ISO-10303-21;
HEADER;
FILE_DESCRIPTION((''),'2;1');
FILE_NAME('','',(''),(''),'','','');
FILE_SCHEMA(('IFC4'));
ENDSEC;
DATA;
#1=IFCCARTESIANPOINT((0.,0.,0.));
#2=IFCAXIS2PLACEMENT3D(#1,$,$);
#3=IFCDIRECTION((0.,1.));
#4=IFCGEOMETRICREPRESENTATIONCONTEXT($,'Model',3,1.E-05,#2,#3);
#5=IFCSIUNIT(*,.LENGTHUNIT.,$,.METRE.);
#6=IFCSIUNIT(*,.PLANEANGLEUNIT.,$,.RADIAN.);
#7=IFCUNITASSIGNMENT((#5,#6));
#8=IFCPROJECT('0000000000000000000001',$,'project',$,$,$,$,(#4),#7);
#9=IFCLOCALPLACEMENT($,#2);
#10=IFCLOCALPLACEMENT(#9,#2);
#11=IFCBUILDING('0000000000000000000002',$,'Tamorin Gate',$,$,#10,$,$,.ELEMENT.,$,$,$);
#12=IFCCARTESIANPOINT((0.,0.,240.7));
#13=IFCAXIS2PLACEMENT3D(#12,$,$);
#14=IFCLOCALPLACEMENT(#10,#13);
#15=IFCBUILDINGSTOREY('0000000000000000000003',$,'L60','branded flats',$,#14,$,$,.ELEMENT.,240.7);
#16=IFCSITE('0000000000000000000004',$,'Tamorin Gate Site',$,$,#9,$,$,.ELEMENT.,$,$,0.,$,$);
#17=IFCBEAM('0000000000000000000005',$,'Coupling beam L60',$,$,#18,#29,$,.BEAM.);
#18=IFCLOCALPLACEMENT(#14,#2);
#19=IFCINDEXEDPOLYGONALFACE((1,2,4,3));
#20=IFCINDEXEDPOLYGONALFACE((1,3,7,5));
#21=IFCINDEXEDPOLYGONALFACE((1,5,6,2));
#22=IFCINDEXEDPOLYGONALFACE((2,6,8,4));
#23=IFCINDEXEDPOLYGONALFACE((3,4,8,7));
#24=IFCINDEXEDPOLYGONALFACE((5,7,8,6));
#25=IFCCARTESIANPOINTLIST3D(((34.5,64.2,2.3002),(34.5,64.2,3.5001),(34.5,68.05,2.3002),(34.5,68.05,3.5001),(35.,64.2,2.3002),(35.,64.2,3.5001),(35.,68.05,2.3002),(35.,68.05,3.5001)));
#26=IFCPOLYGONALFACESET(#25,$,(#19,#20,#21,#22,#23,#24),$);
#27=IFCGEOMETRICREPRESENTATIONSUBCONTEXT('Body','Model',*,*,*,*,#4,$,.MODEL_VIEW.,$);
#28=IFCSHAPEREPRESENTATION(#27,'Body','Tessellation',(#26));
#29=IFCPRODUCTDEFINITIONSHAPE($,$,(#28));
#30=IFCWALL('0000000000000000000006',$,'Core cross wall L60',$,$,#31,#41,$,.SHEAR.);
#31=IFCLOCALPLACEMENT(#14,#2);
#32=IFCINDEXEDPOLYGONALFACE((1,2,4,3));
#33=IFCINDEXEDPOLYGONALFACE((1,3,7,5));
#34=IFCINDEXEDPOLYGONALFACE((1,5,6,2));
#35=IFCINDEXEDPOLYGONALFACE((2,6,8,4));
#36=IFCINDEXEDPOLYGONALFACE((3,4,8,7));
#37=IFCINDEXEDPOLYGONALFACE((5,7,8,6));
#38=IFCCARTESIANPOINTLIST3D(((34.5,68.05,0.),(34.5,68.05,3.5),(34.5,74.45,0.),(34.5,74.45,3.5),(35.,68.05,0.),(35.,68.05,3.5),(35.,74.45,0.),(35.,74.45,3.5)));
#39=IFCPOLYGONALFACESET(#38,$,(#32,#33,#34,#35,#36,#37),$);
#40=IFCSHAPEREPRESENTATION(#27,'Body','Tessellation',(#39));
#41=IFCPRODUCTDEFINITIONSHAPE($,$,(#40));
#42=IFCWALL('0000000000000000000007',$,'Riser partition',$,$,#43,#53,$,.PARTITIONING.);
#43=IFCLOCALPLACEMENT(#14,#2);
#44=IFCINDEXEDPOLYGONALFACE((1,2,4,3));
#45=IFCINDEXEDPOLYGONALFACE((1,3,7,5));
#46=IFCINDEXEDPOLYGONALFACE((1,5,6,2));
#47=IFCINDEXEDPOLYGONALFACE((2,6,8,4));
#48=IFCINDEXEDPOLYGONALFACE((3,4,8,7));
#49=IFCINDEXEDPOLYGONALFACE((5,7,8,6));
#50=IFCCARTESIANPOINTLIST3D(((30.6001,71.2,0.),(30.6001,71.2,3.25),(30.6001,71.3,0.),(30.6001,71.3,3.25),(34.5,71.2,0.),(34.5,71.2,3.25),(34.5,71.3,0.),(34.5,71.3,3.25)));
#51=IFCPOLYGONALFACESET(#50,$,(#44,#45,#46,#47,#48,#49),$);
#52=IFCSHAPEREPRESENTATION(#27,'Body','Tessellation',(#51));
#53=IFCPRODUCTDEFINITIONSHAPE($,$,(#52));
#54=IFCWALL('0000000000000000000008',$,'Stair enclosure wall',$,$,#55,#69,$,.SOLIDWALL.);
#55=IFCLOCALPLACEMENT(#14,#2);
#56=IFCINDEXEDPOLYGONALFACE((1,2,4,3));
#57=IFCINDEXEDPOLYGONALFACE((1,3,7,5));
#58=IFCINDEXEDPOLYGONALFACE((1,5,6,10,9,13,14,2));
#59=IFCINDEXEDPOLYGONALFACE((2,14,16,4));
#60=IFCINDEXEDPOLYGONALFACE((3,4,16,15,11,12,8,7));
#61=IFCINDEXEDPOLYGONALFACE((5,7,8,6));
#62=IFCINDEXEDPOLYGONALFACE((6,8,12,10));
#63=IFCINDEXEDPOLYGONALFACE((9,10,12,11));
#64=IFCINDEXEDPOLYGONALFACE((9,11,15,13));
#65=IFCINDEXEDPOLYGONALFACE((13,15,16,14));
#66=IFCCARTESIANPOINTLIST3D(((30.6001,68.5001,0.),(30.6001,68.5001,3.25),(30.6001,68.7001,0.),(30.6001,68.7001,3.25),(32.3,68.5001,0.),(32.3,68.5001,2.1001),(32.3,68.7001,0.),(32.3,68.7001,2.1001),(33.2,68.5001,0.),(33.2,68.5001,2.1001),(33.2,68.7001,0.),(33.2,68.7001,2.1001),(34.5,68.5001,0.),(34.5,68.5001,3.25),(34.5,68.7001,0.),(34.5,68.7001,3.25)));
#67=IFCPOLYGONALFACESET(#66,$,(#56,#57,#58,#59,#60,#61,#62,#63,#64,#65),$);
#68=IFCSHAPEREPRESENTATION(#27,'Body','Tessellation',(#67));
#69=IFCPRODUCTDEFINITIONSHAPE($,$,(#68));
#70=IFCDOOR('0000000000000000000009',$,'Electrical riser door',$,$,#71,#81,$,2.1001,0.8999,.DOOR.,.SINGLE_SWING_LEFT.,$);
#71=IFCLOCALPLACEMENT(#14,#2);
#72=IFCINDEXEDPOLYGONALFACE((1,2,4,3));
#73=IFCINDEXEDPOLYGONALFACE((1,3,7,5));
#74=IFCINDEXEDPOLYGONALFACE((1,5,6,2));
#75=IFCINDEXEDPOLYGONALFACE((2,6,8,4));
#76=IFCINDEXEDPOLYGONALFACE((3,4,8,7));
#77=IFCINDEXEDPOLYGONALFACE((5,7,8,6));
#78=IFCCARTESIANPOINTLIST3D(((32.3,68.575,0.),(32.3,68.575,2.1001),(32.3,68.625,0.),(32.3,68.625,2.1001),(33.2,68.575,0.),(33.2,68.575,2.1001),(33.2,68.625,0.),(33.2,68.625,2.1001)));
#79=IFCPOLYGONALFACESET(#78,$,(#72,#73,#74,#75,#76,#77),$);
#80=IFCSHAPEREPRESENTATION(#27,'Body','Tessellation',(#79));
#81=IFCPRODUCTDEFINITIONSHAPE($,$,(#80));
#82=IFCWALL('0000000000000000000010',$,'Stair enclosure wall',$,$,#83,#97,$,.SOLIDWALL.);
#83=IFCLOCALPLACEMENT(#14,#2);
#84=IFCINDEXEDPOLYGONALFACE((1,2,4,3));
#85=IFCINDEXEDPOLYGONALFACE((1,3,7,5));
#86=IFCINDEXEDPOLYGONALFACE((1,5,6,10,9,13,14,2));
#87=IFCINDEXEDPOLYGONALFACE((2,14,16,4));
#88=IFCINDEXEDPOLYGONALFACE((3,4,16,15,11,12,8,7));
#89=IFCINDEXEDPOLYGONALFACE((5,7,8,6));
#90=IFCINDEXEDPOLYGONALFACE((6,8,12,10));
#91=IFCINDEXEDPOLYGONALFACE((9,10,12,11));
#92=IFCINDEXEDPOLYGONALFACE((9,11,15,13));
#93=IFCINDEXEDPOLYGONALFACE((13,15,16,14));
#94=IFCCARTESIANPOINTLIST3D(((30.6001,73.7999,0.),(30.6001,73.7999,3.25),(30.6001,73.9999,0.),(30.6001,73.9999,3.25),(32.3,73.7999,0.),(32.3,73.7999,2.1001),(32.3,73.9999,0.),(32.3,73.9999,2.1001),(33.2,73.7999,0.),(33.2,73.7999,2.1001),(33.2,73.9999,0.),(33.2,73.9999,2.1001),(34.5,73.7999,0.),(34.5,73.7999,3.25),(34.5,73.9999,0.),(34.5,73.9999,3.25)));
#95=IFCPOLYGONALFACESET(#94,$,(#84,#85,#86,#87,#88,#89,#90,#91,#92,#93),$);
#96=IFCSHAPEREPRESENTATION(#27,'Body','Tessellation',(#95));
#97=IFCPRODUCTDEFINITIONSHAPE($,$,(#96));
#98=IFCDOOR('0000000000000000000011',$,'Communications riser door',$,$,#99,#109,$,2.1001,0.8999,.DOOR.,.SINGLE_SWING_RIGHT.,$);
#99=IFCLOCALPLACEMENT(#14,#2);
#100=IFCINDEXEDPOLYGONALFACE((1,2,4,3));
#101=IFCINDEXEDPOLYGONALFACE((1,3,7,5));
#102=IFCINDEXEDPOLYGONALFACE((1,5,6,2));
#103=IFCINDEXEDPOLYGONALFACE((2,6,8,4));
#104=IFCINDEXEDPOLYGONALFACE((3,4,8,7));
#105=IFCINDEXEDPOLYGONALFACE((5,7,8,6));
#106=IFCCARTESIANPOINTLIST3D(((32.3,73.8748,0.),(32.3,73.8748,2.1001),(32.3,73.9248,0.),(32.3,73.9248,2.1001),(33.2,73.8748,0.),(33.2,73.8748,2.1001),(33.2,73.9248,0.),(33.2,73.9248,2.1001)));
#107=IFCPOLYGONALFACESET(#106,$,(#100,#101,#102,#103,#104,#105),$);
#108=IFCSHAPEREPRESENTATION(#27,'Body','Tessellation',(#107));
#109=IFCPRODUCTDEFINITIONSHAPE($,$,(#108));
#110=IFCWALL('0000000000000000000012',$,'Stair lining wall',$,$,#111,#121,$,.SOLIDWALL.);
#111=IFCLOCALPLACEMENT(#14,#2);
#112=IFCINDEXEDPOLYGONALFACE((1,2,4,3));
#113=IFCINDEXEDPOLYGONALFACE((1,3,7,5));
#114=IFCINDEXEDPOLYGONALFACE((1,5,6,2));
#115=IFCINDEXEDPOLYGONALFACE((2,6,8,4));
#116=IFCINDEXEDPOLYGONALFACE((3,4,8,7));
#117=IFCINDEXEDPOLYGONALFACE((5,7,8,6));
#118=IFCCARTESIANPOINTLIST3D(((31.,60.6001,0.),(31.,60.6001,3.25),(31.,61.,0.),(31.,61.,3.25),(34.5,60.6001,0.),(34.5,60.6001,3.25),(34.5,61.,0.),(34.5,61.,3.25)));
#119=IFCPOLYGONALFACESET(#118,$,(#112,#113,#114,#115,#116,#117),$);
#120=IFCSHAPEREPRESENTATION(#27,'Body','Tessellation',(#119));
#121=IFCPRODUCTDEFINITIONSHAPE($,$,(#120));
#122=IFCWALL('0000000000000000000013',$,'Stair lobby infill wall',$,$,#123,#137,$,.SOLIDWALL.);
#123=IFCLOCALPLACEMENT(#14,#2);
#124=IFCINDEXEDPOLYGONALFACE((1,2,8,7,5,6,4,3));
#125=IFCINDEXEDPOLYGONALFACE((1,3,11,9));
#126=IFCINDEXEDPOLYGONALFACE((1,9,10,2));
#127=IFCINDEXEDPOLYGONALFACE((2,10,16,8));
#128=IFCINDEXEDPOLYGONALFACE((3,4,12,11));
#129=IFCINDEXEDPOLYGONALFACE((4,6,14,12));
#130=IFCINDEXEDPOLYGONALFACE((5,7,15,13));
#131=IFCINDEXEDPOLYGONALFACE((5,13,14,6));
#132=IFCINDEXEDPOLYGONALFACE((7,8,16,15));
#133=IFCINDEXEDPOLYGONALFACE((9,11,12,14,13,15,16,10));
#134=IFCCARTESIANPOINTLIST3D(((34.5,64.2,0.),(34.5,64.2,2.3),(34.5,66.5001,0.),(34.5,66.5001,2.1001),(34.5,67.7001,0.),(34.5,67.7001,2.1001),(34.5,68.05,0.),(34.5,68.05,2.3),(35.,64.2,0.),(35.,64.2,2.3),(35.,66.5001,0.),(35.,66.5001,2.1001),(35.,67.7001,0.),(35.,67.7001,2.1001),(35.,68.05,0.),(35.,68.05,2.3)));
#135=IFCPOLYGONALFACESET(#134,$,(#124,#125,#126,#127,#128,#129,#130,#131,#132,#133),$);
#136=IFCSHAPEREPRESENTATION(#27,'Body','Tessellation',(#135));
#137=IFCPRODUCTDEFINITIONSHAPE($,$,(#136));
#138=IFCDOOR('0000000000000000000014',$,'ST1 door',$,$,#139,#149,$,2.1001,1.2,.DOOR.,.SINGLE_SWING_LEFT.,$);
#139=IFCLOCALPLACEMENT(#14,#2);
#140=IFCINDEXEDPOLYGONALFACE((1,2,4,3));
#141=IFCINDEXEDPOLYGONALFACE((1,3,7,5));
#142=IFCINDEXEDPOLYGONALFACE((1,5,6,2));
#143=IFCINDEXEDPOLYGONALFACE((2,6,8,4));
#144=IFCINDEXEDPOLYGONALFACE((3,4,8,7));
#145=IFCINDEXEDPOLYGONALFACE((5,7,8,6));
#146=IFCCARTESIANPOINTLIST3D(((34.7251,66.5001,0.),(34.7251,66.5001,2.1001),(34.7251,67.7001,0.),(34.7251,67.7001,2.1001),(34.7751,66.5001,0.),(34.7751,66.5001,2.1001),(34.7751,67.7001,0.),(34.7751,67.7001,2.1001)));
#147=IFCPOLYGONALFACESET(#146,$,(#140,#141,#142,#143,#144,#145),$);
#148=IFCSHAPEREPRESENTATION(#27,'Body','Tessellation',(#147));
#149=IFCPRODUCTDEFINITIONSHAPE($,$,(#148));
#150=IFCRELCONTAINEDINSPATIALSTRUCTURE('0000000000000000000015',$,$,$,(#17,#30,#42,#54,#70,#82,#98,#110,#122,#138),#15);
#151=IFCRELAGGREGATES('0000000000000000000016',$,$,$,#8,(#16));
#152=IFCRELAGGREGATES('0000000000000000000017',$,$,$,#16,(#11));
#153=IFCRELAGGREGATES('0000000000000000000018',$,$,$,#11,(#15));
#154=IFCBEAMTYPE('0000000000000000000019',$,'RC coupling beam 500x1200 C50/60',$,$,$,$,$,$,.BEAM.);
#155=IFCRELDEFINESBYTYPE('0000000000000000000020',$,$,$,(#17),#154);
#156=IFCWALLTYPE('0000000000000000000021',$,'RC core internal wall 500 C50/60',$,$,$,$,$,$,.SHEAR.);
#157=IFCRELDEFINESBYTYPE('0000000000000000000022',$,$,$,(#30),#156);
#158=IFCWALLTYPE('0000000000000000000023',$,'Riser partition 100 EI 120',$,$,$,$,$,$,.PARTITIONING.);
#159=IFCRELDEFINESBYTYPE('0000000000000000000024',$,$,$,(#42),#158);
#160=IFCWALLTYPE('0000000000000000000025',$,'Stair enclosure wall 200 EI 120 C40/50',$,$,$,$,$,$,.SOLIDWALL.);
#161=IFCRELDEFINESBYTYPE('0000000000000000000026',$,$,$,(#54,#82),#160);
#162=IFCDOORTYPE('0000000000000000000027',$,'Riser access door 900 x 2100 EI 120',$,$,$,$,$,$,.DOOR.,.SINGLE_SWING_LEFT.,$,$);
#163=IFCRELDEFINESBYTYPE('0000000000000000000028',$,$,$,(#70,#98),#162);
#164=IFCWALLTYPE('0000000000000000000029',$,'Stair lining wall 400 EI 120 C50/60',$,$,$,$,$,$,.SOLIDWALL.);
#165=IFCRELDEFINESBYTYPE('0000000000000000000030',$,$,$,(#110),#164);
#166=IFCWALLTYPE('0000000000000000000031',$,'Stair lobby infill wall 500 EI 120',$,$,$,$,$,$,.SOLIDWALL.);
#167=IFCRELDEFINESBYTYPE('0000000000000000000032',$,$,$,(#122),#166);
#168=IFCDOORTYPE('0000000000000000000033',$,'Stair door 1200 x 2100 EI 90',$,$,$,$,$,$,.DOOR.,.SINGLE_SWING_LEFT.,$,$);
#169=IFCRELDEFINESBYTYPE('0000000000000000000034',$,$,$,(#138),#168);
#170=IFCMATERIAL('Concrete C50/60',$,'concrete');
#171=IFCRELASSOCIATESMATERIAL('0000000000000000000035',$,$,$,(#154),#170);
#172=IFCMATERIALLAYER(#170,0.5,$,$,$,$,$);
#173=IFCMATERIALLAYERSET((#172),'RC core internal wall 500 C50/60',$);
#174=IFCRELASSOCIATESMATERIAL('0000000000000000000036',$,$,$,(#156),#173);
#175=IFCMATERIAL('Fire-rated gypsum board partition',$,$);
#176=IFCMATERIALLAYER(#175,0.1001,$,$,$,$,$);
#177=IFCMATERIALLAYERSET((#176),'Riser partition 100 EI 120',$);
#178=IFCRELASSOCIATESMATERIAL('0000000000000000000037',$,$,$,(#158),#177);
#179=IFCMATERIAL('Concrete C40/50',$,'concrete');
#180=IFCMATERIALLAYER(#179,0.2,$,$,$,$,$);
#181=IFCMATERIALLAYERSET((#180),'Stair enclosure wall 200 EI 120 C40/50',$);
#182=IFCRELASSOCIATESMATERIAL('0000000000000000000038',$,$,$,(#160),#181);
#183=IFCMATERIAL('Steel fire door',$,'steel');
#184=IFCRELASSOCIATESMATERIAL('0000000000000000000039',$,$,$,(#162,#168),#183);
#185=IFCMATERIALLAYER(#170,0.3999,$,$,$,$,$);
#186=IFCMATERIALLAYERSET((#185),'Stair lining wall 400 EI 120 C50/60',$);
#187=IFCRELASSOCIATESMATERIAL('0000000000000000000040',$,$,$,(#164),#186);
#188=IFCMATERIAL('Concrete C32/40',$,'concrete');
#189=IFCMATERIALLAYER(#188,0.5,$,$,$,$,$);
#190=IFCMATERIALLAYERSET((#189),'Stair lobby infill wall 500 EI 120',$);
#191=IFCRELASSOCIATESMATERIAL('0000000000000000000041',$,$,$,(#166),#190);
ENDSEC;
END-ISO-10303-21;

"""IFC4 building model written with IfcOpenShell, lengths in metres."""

from ifc_helpers import new_model, si_unit, direction, frame, frame_2d, origin, origin_2d, place, context, subcontext, project, spatial, rectangle, extrude, material, layer, layer_set, material_profile, profile_set, type_object, element, fill, save


model = new_model("IFC4")

# Units and contexts
model_context = context("Model", 3, precision=1e-05, world=origin(), true_north=direction((0.0, 1.0)))
body_context = subcontext(model_context, "Body", "Model", "MODEL_VIEW")
ifc_project = project(units=[si_unit("LENGTHUNIT", "METRE"), si_unit("PLANEANGLEUNIT", "RADIAN")], contexts=[model_context])

# Site, building, storey
site_placement = place(None, origin())
site = spatial("IfcSite", under=ifc_project, at=site_placement, Name="Tamorin Gate Site", CompositionType="ELEMENT", RefElevation=0.0)
building_placement = place(site_placement, origin())
building = spatial("IfcBuilding", under=site, at=building_placement, Name="Tamorin Gate", CompositionType="ELEMENT")
storey_placement = place(building_placement, frame((0.0, 0.0, 240.7)))
storey = spatial("IfcBuildingStorey", under=building, at=storey_placement, Name="L60", Description="branded flats", CompositionType="ELEMENT", Elevation=240.7)

# Beam
ifc_material_1 = material(Name="Concrete C50/60", Category="concrete")
ifc_material_profile = material_profile(ifc_material_1, rectangle(XDim=0.5, YDim=1.2, at=origin_2d()), Name="RC 500x1200")
ifc_profile_set = profile_set([ifc_material_profile], Name="Concrete C50/60")
beam_type = type_object("IfcBeamType", Name="RC coupling beam 500x1200 C50/60", PredefinedType="BEAM", material=ifc_profile_set)
beam_placement = place(storey_placement, frame((34.75, 64.2, 2.9001), z_axis=(0.0, 1.0, 0.0), x_axis=(-1.0, 0.0, 0.0)))
element("IfcBeam", 1, at=beam_placement, inside=storey, type_object=beam_type, Name="Coupling beam L60", PredefinedType="BEAM", context=body_context, shape_type="SweptSolid", body=[
    extrude(rectangle(XDim=0.5, YDim=1.2, at=origin_2d()), origin(), (0.0, 0.0, 1.0), 3.8501),
])

# Walls
ifc_layer_1 = layer(ifc_material_1, 0.5)
ifc_layer_set_1 = layer_set([ifc_layer_1], Name="RC core internal wall 500 C50/60")
wall_type_1 = type_object("IfcWallType", Name="RC core internal wall 500 C50/60", PredefinedType="SHEAR", material=ifc_layer_set_1)
wall_1_placement = place(storey_placement, frame((34.75, 68.05, 0.0), z_axis=(0.0, 0.0, 1.0), x_axis=(0.0, 1.0, 0.0)))
element("IfcWall", 2, at=wall_1_placement, inside=storey, type_object=wall_type_1, Name="Core cross wall L60", PredefinedType="SHEAR", context=body_context, shape_type="SweptSolid", body=[
    extrude(rectangle(XDim=6.3999, YDim=0.5, at=frame_2d((3.2, 0.0))), origin(), (0.0, 0.0, 1.0), 3.5),
])
ifc_material_2 = material(Name="Fire-rated gypsum board partition")
ifc_layer_2 = layer(ifc_material_2, 0.1001)
ifc_layer_set_2 = layer_set([ifc_layer_2], Name="Riser partition 100 EI 120")
wall_type_2 = type_object("IfcWallType", Name="Riser partition 100 EI 120", PredefinedType="PARTITIONING", material=ifc_layer_set_2)
wall_2_placement = place(storey_placement, frame((30.6001, 71.25, 0.0), z_axis=(0.0, 0.0, 1.0), x_axis=(1.0, 0.0, 0.0)))
element("IfcWall", 3, at=wall_2_placement, inside=storey, type_object=wall_type_2, Name="Riser partition", PredefinedType="PARTITIONING", context=body_context, shape_type="SweptSolid", body=[
    extrude(rectangle(XDim=3.8999, YDim=0.1001, at=frame_2d((1.95, 0.0))), origin(), (0.0, 0.0, 1.0), 3.25),
])

# Walls, openings, doors
ifc_material_3 = material(Name="Concrete C40/50", Category="concrete")
ifc_layer_3 = layer(ifc_material_3, 0.2)
ifc_layer_set_3 = layer_set([ifc_layer_3], Name="Stair enclosure wall 200 EI 120 C40/50")
wall_type_3 = type_object("IfcWallType", Name="Stair enclosure wall 200 EI 120 C40/50", PredefinedType="SOLIDWALL", material=ifc_layer_set_3)
wall_3_placement = place(storey_placement, frame((30.6001, 68.6001, 0.0), z_axis=(0.0, 0.0, 1.0), x_axis=(1.0, 0.0, 0.0)))
wall_3 = element("IfcWall", 4, at=wall_3_placement, inside=storey, type_object=wall_type_3, Name="Stair enclosure wall", PredefinedType="SOLIDWALL", context=body_context, shape_type="SweptSolid", body=[
    extrude(rectangle(XDim=3.8999, YDim=0.2, at=frame_2d((1.95, 0.0))), origin(), (0.0, 0.0, 1.0), 3.25),
])
opening_1_placement = place(wall_3_placement, frame((1.7, 0.0, 0.0)))
opening_1 = element("IfcOpeningElement", 5, at=opening_1_placement, cuts=wall_3, PredefinedType="OPENING", context=body_context, shape_type="SweptSolid", body=[
    extrude(rectangle(XDim=0.8999, YDim=2.1001, at=frame_2d((0.45, 1.05))), frame((0.0, 0.1099, 0.0), z_axis=(0.0, -1.0, 0.0), x_axis=(1.0, 0.0, 0.0)), (0.0, 0.0, 1.0), 0.22),
])
ifc_material_4 = material(Name="Steel fire door", Category="steel")
door_type_1 = type_object("IfcDoorType", Name="Riser access door 900 x 2100 EI 120", OperationType="SINGLE_SWING_LEFT", PredefinedType="DOOR", material=ifc_material_4)
door_1_placement = place(opening_1_placement, origin())
door_1 = element("IfcDoor", 6, at=door_1_placement, inside=storey, type_object=door_type_1, Name="Electrical riser door", OperationType="SINGLE_SWING_LEFT", OverallHeight=2.1001, OverallWidth=0.8999, PredefinedType="DOOR", context=body_context, shape_type="SweptSolid", body=[
    extrude(rectangle(XDim=0.8999, YDim=2.1001, at=frame_2d((0.45, 1.05))), frame((0.0, 0.0249, 0.0), z_axis=(0.0, -1.0, 0.0), x_axis=(1.0, 0.0, 0.0)), (0.0, 0.0, 1.0), 0.05),
])
fill(opening_1, door_1)
wall_4_placement = place(storey_placement, frame((30.6001, 73.8999, 0.0), z_axis=(0.0, 0.0, 1.0), x_axis=(1.0, 0.0, 0.0)))
wall_4 = element("IfcWall", 7, at=wall_4_placement, inside=storey, type_object=wall_type_3, Name="Stair enclosure wall", PredefinedType="SOLIDWALL", context=body_context, shape_type="SweptSolid", body=[
    extrude(rectangle(XDim=3.8999, YDim=0.2, at=frame_2d((1.95, 0.0))), origin(), (0.0, 0.0, 1.0), 3.25),
])
opening_2_placement = place(wall_4_placement, frame((1.7, 0.0, 0.0)))
opening_2 = element("IfcOpeningElement", 8, at=opening_2_placement, cuts=wall_4, PredefinedType="OPENING", context=body_context, shape_type="SweptSolid", body=[
    extrude(rectangle(XDim=0.8999, YDim=2.1001, at=frame_2d((0.45, 1.05))), frame((0.0, 0.1099, 0.0), z_axis=(0.0, -1.0, 0.0), x_axis=(1.0, 0.0, 0.0)), (0.0, 0.0, 1.0), 0.22),
])
door_2_placement = place(opening_2_placement, origin())
door_2 = element("IfcDoor", 9, at=door_2_placement, inside=storey, type_object=door_type_1, Name="Communications riser door", OperationType="SINGLE_SWING_RIGHT", OverallHeight=2.1001, OverallWidth=0.8999, PredefinedType="DOOR", context=body_context, shape_type="SweptSolid", body=[
    extrude(rectangle(XDim=0.8999, YDim=2.1001, at=frame_2d((0.45, 1.05))), frame((0.0, 0.0249, 0.0), z_axis=(0.0, -1.0, 0.0), x_axis=(1.0, 0.0, 0.0)), (0.0, 0.0, 1.0), 0.05),
])
fill(opening_2, door_2)

# Wall
ifc_layer_4 = layer(ifc_material_1, 0.3999)
ifc_layer_set_4 = layer_set([ifc_layer_4], Name="Stair lining wall 400 EI 120 C50/60")
wall_type_4 = type_object("IfcWallType", Name="Stair lining wall 400 EI 120 C50/60", PredefinedType="SOLIDWALL", material=ifc_layer_set_4)
wall_5_placement = place(storey_placement, frame((31.0, 60.8, 0.0), z_axis=(0.0, 0.0, 1.0), x_axis=(1.0, 0.0, 0.0)))
element("IfcWall", 10, at=wall_5_placement, inside=storey, type_object=wall_type_4, Name="Stair lining wall", PredefinedType="SOLIDWALL", context=body_context, shape_type="SweptSolid", body=[
    extrude(rectangle(XDim=3.5, YDim=0.3999, at=frame_2d((1.75, 0.0))), origin(), (0.0, 0.0, 1.0), 3.25),
])

# Wall, opening, door
ifc_material_5 = material(Name="Concrete C32/40", Category="concrete")
ifc_layer_5 = layer(ifc_material_5, 0.5)
ifc_layer_set_5 = layer_set([ifc_layer_5], Name="Stair lobby infill wall 500 EI 120")
wall_type_5 = type_object("IfcWallType", Name="Stair lobby infill wall 500 EI 120", PredefinedType="SOLIDWALL", material=ifc_layer_set_5)
wall_6_placement = place(storey_placement, frame((34.75, 64.2, 0.0), z_axis=(0.0, 0.0, 1.0), x_axis=(0.0, 1.0, 0.0)))
wall_6 = element("IfcWall", 11, at=wall_6_placement, inside=storey, type_object=wall_type_5, Name="Stair lobby infill wall", PredefinedType="SOLIDWALL", context=body_context, shape_type="SweptSolid", body=[
    extrude(rectangle(XDim=3.8501, YDim=0.5, at=frame_2d((1.925, 0.0))), origin(), (0.0, 0.0, 1.0), 2.3),
])
opening_3_placement = place(wall_6_placement, frame((2.3, 0.0, 0.0)))
opening_3 = element("IfcOpeningElement", 12, at=opening_3_placement, cuts=wall_6, PredefinedType="OPENING", context=body_context, shape_type="SweptSolid", body=[
    extrude(rectangle(XDim=1.2, YDim=2.1001, at=frame_2d((0.6001, 1.05))), frame((0.0, 0.26, 0.0), z_axis=(0.0, -1.0, 0.0), x_axis=(1.0, 0.0, 0.0)), (0.0, 0.0, 1.0), 0.52),
])
door_type_2 = type_object("IfcDoorType", Name="Stair door 1200 x 2100 EI 90", OperationType="SINGLE_SWING_LEFT", PredefinedType="DOOR", material=ifc_material_4)
door_3_placement = place(opening_3_placement, origin())
door_3 = element("IfcDoor", 13, at=door_3_placement, inside=storey, type_object=door_type_2, Name="ST1 door", OperationType="SINGLE_SWING_LEFT", OverallHeight=2.1001, OverallWidth=1.2, PredefinedType="DOOR", context=body_context, shape_type="SweptSolid", body=[
    extrude(rectangle(XDim=1.2, YDim=2.1001, at=frame_2d((0.6001, 1.05))), frame((0.0, 0.0249, 0.0), z_axis=(0.0, -1.0, 0.0), x_axis=(1.0, 0.0, 0.0)), (0.0, 0.0, 1.0), 0.05),
])
fill(opening_3, door_3)

save(model, "model.ifc")
